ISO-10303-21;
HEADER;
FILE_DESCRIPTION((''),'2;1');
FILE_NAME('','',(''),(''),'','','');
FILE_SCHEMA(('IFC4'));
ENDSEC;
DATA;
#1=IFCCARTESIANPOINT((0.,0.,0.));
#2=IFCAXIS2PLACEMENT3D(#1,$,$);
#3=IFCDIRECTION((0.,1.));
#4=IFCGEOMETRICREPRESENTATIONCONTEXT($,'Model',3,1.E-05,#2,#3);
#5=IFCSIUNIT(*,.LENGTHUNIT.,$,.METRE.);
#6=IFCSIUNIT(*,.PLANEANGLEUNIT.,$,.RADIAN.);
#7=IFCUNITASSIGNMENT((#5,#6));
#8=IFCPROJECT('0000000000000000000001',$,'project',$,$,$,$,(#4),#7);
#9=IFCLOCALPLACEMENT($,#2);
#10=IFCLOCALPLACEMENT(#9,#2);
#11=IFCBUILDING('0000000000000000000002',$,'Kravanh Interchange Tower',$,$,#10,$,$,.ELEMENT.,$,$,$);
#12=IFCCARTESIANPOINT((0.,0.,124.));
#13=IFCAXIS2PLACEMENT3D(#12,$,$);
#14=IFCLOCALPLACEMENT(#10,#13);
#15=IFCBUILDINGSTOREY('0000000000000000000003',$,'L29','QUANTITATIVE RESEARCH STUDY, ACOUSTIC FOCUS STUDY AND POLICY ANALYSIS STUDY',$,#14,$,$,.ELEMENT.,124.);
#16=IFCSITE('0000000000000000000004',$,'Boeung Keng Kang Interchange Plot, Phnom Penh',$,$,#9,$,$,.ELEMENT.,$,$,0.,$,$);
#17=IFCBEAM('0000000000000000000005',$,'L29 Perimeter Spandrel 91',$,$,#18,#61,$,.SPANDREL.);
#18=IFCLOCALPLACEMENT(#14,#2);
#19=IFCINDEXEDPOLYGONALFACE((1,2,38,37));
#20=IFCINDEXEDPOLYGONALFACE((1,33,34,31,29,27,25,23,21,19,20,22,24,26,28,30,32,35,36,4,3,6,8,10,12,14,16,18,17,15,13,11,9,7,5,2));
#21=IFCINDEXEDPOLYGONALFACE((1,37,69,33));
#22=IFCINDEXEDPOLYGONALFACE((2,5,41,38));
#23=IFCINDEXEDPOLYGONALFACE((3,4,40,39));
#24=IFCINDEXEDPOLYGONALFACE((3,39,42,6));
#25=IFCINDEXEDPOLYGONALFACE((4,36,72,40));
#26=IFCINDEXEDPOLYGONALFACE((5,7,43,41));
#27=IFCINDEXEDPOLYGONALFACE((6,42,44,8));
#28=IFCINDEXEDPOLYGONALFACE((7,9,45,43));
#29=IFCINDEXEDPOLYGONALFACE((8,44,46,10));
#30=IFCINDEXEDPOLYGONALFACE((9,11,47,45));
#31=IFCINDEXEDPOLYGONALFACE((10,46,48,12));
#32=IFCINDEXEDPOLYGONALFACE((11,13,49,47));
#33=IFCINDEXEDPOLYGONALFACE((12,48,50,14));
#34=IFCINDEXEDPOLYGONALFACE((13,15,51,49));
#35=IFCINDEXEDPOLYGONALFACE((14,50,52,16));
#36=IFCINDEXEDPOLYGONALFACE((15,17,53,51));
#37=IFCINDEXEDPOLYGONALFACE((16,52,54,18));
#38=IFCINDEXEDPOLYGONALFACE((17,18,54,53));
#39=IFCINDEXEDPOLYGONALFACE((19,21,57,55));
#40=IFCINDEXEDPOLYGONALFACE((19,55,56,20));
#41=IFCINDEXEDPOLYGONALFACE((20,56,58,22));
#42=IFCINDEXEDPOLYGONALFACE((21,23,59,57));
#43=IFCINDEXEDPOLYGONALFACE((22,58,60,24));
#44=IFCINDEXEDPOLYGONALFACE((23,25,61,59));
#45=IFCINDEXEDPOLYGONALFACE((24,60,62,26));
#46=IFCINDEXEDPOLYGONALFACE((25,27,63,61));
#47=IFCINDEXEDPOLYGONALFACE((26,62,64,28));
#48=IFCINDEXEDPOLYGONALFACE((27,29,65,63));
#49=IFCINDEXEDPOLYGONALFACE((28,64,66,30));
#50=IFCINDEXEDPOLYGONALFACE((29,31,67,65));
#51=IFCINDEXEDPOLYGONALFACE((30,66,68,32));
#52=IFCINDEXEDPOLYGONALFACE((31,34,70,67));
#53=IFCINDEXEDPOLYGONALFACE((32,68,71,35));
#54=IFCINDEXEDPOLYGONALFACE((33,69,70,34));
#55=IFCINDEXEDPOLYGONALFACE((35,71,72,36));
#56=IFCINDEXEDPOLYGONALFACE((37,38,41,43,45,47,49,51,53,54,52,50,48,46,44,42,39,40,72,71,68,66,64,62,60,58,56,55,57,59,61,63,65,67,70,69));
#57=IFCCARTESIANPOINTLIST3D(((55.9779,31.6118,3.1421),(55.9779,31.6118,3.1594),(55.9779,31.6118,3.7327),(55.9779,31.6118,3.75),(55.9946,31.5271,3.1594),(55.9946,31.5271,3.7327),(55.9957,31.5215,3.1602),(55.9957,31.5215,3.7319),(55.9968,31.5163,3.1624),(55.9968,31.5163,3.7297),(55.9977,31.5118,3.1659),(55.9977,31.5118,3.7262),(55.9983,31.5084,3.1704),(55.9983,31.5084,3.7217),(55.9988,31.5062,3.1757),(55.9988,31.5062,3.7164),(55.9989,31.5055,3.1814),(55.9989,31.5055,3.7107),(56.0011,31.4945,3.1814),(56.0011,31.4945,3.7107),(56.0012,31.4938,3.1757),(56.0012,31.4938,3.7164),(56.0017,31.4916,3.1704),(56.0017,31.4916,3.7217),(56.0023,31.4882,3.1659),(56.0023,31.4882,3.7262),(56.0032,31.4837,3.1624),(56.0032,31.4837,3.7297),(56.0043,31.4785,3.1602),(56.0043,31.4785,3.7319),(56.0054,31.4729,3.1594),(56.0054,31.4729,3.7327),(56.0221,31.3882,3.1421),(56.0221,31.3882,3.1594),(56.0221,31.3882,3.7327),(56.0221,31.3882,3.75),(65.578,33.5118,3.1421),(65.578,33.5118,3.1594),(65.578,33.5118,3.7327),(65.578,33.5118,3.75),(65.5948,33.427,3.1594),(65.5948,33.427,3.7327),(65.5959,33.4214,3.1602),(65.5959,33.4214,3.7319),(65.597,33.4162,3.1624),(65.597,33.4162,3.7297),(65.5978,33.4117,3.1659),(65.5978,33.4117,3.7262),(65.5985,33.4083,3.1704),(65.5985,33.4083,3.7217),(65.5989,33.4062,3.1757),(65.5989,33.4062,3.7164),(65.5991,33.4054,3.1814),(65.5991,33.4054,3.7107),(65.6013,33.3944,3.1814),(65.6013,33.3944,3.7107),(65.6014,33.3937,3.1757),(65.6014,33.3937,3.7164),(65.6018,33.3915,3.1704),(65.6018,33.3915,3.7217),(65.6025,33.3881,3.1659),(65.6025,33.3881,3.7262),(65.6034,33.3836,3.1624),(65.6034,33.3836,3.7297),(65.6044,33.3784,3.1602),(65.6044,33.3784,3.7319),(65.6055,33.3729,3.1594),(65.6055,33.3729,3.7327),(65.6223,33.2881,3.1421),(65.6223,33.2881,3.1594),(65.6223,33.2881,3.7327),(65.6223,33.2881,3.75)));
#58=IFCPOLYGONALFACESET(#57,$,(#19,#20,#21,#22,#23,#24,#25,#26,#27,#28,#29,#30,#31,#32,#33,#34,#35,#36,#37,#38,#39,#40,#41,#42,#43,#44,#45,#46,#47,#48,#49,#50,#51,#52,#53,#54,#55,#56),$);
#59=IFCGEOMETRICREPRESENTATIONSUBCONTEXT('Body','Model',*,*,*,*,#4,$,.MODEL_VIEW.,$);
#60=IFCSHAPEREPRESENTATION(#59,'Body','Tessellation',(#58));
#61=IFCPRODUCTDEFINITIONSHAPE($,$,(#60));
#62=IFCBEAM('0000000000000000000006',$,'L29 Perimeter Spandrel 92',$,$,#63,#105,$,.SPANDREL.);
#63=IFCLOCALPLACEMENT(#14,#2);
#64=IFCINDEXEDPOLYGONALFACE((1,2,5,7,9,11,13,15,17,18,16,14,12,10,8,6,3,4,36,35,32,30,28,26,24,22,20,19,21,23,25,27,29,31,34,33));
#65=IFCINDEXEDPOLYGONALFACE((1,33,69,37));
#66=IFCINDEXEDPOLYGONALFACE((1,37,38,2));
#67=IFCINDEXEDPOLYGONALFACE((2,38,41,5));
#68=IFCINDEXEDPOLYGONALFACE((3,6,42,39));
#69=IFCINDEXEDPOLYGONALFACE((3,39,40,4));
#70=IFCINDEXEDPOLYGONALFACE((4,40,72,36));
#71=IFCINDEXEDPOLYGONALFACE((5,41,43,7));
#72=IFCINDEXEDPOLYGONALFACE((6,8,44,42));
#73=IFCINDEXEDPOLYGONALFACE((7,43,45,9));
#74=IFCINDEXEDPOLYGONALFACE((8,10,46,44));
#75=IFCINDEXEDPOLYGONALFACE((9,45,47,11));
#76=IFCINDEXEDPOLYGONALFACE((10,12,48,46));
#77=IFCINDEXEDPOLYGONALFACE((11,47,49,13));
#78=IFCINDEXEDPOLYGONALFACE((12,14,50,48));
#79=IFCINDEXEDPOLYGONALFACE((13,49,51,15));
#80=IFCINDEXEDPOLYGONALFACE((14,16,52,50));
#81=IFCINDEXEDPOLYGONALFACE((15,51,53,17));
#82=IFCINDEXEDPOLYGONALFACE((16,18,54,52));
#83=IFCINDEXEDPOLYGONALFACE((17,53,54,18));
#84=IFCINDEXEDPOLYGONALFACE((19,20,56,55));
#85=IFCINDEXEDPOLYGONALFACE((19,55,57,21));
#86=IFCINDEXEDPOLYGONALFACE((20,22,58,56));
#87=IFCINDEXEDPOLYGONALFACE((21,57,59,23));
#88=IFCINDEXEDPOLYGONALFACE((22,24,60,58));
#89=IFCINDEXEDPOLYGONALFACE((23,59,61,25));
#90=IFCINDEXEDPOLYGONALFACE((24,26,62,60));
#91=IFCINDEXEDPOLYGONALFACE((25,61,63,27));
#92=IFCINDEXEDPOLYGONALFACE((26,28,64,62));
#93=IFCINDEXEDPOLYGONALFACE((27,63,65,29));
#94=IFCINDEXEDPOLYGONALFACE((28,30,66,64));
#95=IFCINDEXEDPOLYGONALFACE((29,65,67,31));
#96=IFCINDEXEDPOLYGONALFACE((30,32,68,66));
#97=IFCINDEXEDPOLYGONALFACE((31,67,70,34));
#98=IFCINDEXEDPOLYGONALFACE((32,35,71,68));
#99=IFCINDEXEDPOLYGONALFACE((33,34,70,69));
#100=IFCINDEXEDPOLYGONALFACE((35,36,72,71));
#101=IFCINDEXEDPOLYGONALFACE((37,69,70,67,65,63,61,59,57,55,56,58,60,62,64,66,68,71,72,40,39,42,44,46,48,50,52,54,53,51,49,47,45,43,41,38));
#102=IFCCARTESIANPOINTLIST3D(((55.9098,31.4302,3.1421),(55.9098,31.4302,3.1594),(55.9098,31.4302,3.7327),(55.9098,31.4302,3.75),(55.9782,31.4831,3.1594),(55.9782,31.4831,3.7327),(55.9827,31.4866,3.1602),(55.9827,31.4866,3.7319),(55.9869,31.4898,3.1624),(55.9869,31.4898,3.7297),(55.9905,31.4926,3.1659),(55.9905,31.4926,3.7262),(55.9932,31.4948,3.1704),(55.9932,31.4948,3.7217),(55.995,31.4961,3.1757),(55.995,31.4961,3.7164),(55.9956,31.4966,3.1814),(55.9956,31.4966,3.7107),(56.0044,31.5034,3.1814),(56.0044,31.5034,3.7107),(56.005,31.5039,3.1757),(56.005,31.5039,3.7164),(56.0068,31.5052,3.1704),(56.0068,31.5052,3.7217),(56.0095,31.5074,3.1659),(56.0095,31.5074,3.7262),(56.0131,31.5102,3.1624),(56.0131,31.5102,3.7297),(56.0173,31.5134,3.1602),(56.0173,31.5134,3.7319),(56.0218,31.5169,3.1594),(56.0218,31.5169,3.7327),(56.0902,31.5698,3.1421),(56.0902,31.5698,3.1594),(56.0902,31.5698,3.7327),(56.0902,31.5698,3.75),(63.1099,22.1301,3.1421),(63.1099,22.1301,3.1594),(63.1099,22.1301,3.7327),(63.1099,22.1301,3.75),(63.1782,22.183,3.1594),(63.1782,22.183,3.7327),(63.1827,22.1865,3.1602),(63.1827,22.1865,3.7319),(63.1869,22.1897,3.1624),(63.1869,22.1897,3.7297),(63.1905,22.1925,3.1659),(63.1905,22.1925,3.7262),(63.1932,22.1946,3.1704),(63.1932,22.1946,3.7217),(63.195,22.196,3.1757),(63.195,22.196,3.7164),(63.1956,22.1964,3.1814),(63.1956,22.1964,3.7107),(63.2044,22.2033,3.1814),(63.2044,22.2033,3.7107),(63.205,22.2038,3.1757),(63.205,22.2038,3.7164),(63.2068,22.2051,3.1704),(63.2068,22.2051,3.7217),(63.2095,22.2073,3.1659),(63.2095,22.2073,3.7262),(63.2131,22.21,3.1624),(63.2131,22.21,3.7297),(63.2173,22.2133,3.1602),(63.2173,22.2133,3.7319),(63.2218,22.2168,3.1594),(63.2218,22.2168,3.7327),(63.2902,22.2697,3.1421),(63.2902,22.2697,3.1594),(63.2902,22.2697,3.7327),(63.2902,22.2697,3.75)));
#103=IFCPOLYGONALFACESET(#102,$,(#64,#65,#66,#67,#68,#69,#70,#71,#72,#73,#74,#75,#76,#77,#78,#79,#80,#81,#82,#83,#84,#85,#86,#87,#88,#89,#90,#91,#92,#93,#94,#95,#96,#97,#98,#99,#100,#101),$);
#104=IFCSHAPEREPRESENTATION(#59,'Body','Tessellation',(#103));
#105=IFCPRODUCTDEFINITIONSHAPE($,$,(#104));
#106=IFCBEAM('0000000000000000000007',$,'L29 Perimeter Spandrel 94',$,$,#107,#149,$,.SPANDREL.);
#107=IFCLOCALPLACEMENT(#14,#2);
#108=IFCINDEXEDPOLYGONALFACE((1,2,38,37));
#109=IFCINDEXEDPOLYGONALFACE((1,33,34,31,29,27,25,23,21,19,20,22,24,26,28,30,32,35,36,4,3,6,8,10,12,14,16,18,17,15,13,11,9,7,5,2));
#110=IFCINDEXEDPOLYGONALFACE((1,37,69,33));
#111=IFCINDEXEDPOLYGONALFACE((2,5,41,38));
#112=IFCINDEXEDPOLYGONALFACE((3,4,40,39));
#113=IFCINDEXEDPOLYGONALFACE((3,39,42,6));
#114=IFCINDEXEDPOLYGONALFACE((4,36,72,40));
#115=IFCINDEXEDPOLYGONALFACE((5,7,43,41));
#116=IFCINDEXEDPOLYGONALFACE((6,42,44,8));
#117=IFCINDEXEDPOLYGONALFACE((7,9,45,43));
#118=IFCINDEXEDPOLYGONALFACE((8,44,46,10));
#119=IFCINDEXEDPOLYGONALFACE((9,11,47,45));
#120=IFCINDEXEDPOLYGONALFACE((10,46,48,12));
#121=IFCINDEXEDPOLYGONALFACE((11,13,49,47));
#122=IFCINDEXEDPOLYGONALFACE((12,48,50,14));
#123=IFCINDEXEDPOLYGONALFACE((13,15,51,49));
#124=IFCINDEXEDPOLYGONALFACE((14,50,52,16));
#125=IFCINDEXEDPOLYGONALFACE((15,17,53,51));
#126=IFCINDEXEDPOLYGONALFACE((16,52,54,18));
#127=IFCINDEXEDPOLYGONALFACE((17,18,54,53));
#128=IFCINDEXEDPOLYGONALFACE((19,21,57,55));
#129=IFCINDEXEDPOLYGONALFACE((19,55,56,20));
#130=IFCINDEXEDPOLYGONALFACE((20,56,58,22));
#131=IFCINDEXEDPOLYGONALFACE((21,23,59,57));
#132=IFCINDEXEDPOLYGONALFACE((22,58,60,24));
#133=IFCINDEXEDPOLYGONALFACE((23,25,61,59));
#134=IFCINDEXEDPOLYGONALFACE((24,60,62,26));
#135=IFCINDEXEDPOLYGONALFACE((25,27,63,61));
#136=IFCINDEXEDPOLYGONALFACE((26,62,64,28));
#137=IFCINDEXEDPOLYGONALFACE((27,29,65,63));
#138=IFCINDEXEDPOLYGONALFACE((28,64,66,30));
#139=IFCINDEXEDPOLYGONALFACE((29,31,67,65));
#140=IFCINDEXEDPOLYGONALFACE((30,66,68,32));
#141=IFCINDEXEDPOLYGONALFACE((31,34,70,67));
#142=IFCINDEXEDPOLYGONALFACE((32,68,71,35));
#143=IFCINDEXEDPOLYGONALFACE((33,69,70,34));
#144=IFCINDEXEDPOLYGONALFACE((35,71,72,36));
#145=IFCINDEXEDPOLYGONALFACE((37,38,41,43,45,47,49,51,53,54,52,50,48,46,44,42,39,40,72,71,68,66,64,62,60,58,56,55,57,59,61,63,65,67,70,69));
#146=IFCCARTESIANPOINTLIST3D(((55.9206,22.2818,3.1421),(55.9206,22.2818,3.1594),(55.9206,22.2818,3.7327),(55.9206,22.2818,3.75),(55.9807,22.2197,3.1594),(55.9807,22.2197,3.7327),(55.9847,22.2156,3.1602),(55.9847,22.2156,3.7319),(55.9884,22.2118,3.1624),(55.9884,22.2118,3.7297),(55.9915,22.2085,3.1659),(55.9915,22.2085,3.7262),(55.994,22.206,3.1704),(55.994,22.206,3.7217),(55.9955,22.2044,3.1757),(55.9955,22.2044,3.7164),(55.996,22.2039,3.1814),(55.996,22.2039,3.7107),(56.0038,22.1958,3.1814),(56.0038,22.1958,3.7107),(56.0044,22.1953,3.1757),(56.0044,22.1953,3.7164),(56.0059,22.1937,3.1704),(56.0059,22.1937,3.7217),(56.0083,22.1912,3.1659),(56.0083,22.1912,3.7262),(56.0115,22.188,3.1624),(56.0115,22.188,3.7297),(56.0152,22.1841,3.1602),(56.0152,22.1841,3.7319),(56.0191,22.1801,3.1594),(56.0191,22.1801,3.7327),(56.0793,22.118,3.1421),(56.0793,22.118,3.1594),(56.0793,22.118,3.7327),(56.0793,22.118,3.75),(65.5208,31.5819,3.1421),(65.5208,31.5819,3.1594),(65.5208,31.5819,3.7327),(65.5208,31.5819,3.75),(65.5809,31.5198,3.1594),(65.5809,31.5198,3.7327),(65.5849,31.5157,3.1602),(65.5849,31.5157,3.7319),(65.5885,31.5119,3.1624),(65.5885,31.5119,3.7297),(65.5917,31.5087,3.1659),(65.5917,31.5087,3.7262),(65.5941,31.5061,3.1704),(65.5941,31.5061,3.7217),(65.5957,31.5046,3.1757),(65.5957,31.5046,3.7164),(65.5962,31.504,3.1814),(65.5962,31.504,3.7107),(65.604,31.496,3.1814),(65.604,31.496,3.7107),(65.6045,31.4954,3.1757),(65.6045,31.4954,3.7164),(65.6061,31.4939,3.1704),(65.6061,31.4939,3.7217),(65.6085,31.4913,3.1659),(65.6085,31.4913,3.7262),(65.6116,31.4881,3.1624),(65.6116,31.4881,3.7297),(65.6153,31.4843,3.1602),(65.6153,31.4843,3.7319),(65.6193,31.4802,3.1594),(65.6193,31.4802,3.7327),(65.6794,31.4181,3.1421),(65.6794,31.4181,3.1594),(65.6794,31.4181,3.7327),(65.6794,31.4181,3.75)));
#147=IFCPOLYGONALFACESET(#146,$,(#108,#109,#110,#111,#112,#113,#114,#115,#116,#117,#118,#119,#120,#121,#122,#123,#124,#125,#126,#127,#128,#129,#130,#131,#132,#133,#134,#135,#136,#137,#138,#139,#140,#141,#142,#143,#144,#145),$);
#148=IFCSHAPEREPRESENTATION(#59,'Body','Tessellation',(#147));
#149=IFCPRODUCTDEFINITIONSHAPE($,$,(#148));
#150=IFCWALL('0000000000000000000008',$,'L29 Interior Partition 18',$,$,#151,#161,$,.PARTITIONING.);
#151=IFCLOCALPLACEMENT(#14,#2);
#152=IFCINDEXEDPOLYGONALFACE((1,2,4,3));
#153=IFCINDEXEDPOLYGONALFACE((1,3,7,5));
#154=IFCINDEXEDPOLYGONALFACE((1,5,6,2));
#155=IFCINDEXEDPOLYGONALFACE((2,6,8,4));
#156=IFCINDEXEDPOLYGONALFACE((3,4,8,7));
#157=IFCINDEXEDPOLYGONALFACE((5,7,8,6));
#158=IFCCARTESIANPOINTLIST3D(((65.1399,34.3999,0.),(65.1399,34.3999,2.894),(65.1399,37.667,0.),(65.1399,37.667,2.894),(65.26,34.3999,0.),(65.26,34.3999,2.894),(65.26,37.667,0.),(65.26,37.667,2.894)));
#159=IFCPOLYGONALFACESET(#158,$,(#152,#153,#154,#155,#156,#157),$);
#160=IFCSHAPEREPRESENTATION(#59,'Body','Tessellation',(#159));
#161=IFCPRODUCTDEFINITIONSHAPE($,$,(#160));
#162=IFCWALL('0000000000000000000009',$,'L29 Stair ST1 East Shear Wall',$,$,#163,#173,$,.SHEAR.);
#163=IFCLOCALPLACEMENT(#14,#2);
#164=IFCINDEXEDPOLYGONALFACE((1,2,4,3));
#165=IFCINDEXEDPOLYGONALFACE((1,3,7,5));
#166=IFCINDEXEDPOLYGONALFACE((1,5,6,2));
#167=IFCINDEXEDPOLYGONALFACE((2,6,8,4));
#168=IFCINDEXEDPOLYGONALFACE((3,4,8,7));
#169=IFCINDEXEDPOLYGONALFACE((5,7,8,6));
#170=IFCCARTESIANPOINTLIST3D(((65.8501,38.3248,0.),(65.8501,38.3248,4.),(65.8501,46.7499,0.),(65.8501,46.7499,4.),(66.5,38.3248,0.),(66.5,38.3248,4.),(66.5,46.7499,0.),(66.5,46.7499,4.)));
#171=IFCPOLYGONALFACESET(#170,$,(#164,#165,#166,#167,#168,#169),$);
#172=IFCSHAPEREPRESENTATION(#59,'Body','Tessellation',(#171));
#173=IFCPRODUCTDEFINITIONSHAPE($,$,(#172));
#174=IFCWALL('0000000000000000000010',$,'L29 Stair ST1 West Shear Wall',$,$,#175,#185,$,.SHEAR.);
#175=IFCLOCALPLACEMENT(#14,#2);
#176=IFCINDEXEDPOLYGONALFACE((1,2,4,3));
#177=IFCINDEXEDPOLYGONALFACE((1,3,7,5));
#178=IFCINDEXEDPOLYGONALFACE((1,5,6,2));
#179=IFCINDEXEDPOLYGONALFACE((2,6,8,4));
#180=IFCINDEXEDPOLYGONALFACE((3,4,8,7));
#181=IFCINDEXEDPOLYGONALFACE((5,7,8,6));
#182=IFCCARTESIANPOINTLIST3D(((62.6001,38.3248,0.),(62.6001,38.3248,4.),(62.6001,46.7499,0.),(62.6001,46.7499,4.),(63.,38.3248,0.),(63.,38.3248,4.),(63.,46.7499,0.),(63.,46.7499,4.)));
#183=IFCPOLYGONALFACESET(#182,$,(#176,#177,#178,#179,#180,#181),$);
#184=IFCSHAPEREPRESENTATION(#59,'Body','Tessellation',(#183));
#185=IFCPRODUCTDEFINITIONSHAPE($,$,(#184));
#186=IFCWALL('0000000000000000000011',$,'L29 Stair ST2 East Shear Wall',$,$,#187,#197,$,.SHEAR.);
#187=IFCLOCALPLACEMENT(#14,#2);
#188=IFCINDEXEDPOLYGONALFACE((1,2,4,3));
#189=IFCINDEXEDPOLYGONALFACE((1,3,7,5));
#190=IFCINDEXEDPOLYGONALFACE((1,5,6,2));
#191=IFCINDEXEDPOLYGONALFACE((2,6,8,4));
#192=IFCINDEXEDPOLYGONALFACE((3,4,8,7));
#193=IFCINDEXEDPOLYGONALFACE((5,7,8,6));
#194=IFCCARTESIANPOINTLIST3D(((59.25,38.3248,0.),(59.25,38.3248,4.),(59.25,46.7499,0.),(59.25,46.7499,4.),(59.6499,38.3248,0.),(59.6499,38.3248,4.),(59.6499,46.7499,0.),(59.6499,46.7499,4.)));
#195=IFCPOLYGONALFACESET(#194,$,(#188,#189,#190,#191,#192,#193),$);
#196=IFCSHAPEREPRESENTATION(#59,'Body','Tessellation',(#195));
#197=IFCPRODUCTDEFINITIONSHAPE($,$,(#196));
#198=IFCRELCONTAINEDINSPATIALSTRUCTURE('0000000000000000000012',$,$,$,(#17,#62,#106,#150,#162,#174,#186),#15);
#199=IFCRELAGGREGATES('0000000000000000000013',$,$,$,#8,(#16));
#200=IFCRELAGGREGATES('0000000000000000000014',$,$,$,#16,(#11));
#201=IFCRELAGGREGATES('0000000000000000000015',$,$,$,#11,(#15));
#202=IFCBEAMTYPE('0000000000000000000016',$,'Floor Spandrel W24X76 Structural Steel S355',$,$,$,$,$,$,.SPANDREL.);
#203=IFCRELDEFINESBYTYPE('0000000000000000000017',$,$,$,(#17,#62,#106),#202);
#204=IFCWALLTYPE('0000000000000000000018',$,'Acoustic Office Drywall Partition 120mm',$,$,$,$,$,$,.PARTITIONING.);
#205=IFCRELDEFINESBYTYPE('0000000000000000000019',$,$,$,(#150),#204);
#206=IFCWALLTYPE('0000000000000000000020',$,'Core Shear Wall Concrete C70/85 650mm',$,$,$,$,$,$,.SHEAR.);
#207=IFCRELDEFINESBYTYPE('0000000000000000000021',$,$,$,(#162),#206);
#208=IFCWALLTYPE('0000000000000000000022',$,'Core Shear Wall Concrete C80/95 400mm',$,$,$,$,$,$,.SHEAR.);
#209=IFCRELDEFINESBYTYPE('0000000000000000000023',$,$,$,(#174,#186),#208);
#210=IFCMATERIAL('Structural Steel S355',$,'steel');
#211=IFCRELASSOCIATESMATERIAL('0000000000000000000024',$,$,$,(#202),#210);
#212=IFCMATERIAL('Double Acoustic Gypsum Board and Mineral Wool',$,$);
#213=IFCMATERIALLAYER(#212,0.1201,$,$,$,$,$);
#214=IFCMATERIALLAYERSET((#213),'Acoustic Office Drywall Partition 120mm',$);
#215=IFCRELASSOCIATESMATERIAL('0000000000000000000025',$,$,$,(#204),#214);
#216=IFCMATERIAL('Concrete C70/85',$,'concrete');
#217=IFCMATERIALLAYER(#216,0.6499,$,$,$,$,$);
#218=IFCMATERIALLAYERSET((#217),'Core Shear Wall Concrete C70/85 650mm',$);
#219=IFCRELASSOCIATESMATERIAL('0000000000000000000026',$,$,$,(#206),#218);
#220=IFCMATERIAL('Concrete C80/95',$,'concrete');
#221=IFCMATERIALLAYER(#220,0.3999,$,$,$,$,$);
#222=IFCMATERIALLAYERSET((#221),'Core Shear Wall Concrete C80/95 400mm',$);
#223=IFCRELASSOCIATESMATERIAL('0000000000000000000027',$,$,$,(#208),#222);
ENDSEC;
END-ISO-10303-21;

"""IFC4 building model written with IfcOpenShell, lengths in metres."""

from ifc_helpers import new_model, si_unit, direction, frame, frame_2d, origin, origin_2d, place, context, subcontext, project, spatial, rectangle, i_section, extrude, material, layer, layer_set, material_profile, profile_set, type_object, element, save


model = new_model("IFC4")

# Units and contexts
model_context = context("Model", 3, precision=1e-05, world=origin(), true_north=direction((0.0, 1.0)))
body_context = subcontext(model_context, "Body", "Model", "MODEL_VIEW")
ifc_project = project(units=[si_unit("LENGTHUNIT", "METRE"), si_unit("PLANEANGLEUNIT", "RADIAN")], contexts=[model_context])

# Site, building, storey
site_placement = place(None, origin())
site = spatial("IfcSite", under=ifc_project, at=site_placement, Name="Boeung Keng Kang Interchange Plot, Phnom Penh", CompositionType="ELEMENT", RefElevation=0.0)
building_placement = place(site_placement, origin())
building = spatial("IfcBuilding", under=site, at=building_placement, Name="Kravanh Interchange Tower", CompositionType="ELEMENT")
storey_placement = place(building_placement, frame((0.0, 0.0, 124.0)))
storey = spatial("IfcBuildingStorey", under=building, at=storey_placement, Name="L29", Description="QUANTITATIVE RESEARCH STUDY, ACOUSTIC FOCUS STUDY AND POLICY ANALYSIS STUDY", CompositionType="ELEMENT", Elevation=124.0)

# Beams
ifc_material_1 = material(Name="Structural Steel S355", Category="steel")
ifc_material_profile_1 = material_profile(ifc_material_1, i_section(OverallWidth=0.228, OverallDepth=0.6079, WebThickness=0.0112, FlangeThickness=0.0173, FilletRadius=0.022, at=origin_2d()), Name="W24X76")
ifc_profile_set_1 = profile_set([ifc_material_profile_1], Name="Structural Steel S355")
beam_type_1 = type_object("IfcBeamType", Name="Floor Spandrel W24X76 Structural Steel S355", PredefinedType="SPANDREL", material=ifc_profile_set_1)
beam_1_placement = place(storey_placement, frame((56.0, 31.5, 3.446), z_axis=(0.980974, 0.194139, 0.0), x_axis=(-0.194139, 0.980974, 0.0)))
element("IfcBeam", 1, at=beam_1_placement, inside=storey, type_object=beam_type_1, Name="L29 Perimeter Spandrel 91", PredefinedType="SPANDREL", context=body_context, shape_type="SweptSolid", body=[
    extrude(i_section(OverallWidth=0.228, OverallDepth=0.6079, WebThickness=0.0112, FlangeThickness=0.0173, FilletRadius=0.022, at=origin_2d()), origin(), (0.0, 0.0, 1.0), 9.7864),
])
beam_2_placement = place(storey_placement, frame((56.0, 31.5, 3.446), z_axis=(0.612169, -0.790727, 0.0), x_axis=(0.790727, 0.612169, 0.0)))
element("IfcBeam", 2, at=beam_2_placement, inside=storey, type_object=beam_type_1, Name="L29 Perimeter Spandrel 92", PredefinedType="SPANDREL", context=body_context, shape_type="SweptSolid", body=[
    extrude(i_section(OverallWidth=0.228, OverallDepth=0.6079, WebThickness=0.0112, FlangeThickness=0.0173, FilletRadius=0.022, at=origin_2d()), origin(), (0.0, 0.0, 1.0), 11.7615),
])
beam_3_placement = place(storey_placement, frame((65.6001, 31.5, 3.446), z_axis=(-0.718242, -0.695793, 0.0), x_axis=(0.695793, -0.718242, 0.0)))
element("IfcBeam", 3, at=beam_3_placement, inside=storey, type_object=beam_type_1, Name="L29 Perimeter Spandrel 94", PredefinedType="SPANDREL", context=body_context, shape_type="SweptSolid", body=[
    extrude(i_section(OverallWidth=0.228, OverallDepth=0.6079, WebThickness=0.0112, FlangeThickness=0.0173, FilletRadius=0.022, at=origin_2d()), origin(), (0.0, 0.0, 1.0), 13.3662),
])

# Walls
ifc_material_2 = material(Name="Double Acoustic Gypsum Board and Mineral Wool")
ifc_layer_1 = layer(ifc_material_2, 0.1201)
ifc_layer_set_1 = layer_set([ifc_layer_1], Name="Acoustic Office Drywall Partition 120mm")
wall_type_1 = type_object("IfcWallType", Name="Acoustic Office Drywall Partition 120mm", PredefinedType="PARTITIONING", material=ifc_layer_set_1)
wall_1_placement = place(storey_placement, frame((65.2, 34.3999, 0.0), z_axis=(0.0, 0.0, 1.0), x_axis=(0.0, 1.0, 0.0)))
element("IfcWall", 4, at=wall_1_placement, inside=storey, type_object=wall_type_1, Name="L29 Interior Partition 18", PredefinedType="PARTITIONING", context=body_context, shape_type="SweptSolid", body=[
    extrude(rectangle(XDim=3.2671, YDim=0.1201, at=frame_2d((1.6335, 0.0))), origin(), (0.0, 0.0, 1.0), 2.894),
])
ifc_material_3 = material(Name="Concrete C70/85", Category="concrete")
ifc_layer_2 = layer(ifc_material_3, 0.6499)
ifc_layer_set_2 = layer_set([ifc_layer_2], Name="Core Shear Wall Concrete C70/85 650mm")
wall_type_2 = type_object("IfcWallType", Name="Core Shear Wall Concrete C70/85 650mm", PredefinedType="SHEAR", material=ifc_layer_set_2)
wall_2_placement = place(storey_placement, frame((66.175, 38.325, 0.0), z_axis=(0.0, 0.0, 1.0), x_axis=(0.0, 1.0, 0.0)))
element("IfcWall", 5, at=wall_2_placement, inside=storey, type_object=wall_type_2, Name="L29 Stair ST1 East Shear Wall", PredefinedType="SHEAR", context=body_context, shape_type="SweptSolid", body=[
    extrude(rectangle(XDim=8.425, YDim=0.6499, at=frame_2d((4.2124, 0.0))), origin(), (0.0, 0.0, 1.0), 4.0),
])
ifc_material_4 = material(Name="Concrete C80/95", Category="concrete")
ifc_layer_3 = layer(ifc_material_4, 0.3999)
ifc_layer_set_3 = layer_set([ifc_layer_3], Name="Core Shear Wall Concrete C80/95 400mm")
wall_type_3 = type_object("IfcWallType", Name="Core Shear Wall Concrete C80/95 400mm", PredefinedType="SHEAR", material=ifc_layer_set_3)
for number, where, z_axis, x_axis, name in (
    (6, (62.8, 38.325, 0.0), (0.0, 0.0, 1.0), (0.0, 1.0, 0.0), "L29 Stair ST1 West Shear Wall"),
    (7, (59.45, 38.325, 0.0), (0.0, 0.0, 1.0), (0.0, 1.0, 0.0), "L29 Stair ST2 East Shear Wall"),
):
    element("IfcWall", number, at=place(storey_placement, frame(where, z_axis=z_axis, x_axis=x_axis)), inside=storey, type_object=wall_type_3, Name=name, PredefinedType="SHEAR", context=body_context, shape_type="SweptSolid", body=[
        extrude(rectangle(XDim=8.425, YDim=0.3999, at=frame_2d((4.2124, 0.0))), origin(), (0.0, 0.0, 1.0), 4.0),
    ])

save(model, "model.ifc")
